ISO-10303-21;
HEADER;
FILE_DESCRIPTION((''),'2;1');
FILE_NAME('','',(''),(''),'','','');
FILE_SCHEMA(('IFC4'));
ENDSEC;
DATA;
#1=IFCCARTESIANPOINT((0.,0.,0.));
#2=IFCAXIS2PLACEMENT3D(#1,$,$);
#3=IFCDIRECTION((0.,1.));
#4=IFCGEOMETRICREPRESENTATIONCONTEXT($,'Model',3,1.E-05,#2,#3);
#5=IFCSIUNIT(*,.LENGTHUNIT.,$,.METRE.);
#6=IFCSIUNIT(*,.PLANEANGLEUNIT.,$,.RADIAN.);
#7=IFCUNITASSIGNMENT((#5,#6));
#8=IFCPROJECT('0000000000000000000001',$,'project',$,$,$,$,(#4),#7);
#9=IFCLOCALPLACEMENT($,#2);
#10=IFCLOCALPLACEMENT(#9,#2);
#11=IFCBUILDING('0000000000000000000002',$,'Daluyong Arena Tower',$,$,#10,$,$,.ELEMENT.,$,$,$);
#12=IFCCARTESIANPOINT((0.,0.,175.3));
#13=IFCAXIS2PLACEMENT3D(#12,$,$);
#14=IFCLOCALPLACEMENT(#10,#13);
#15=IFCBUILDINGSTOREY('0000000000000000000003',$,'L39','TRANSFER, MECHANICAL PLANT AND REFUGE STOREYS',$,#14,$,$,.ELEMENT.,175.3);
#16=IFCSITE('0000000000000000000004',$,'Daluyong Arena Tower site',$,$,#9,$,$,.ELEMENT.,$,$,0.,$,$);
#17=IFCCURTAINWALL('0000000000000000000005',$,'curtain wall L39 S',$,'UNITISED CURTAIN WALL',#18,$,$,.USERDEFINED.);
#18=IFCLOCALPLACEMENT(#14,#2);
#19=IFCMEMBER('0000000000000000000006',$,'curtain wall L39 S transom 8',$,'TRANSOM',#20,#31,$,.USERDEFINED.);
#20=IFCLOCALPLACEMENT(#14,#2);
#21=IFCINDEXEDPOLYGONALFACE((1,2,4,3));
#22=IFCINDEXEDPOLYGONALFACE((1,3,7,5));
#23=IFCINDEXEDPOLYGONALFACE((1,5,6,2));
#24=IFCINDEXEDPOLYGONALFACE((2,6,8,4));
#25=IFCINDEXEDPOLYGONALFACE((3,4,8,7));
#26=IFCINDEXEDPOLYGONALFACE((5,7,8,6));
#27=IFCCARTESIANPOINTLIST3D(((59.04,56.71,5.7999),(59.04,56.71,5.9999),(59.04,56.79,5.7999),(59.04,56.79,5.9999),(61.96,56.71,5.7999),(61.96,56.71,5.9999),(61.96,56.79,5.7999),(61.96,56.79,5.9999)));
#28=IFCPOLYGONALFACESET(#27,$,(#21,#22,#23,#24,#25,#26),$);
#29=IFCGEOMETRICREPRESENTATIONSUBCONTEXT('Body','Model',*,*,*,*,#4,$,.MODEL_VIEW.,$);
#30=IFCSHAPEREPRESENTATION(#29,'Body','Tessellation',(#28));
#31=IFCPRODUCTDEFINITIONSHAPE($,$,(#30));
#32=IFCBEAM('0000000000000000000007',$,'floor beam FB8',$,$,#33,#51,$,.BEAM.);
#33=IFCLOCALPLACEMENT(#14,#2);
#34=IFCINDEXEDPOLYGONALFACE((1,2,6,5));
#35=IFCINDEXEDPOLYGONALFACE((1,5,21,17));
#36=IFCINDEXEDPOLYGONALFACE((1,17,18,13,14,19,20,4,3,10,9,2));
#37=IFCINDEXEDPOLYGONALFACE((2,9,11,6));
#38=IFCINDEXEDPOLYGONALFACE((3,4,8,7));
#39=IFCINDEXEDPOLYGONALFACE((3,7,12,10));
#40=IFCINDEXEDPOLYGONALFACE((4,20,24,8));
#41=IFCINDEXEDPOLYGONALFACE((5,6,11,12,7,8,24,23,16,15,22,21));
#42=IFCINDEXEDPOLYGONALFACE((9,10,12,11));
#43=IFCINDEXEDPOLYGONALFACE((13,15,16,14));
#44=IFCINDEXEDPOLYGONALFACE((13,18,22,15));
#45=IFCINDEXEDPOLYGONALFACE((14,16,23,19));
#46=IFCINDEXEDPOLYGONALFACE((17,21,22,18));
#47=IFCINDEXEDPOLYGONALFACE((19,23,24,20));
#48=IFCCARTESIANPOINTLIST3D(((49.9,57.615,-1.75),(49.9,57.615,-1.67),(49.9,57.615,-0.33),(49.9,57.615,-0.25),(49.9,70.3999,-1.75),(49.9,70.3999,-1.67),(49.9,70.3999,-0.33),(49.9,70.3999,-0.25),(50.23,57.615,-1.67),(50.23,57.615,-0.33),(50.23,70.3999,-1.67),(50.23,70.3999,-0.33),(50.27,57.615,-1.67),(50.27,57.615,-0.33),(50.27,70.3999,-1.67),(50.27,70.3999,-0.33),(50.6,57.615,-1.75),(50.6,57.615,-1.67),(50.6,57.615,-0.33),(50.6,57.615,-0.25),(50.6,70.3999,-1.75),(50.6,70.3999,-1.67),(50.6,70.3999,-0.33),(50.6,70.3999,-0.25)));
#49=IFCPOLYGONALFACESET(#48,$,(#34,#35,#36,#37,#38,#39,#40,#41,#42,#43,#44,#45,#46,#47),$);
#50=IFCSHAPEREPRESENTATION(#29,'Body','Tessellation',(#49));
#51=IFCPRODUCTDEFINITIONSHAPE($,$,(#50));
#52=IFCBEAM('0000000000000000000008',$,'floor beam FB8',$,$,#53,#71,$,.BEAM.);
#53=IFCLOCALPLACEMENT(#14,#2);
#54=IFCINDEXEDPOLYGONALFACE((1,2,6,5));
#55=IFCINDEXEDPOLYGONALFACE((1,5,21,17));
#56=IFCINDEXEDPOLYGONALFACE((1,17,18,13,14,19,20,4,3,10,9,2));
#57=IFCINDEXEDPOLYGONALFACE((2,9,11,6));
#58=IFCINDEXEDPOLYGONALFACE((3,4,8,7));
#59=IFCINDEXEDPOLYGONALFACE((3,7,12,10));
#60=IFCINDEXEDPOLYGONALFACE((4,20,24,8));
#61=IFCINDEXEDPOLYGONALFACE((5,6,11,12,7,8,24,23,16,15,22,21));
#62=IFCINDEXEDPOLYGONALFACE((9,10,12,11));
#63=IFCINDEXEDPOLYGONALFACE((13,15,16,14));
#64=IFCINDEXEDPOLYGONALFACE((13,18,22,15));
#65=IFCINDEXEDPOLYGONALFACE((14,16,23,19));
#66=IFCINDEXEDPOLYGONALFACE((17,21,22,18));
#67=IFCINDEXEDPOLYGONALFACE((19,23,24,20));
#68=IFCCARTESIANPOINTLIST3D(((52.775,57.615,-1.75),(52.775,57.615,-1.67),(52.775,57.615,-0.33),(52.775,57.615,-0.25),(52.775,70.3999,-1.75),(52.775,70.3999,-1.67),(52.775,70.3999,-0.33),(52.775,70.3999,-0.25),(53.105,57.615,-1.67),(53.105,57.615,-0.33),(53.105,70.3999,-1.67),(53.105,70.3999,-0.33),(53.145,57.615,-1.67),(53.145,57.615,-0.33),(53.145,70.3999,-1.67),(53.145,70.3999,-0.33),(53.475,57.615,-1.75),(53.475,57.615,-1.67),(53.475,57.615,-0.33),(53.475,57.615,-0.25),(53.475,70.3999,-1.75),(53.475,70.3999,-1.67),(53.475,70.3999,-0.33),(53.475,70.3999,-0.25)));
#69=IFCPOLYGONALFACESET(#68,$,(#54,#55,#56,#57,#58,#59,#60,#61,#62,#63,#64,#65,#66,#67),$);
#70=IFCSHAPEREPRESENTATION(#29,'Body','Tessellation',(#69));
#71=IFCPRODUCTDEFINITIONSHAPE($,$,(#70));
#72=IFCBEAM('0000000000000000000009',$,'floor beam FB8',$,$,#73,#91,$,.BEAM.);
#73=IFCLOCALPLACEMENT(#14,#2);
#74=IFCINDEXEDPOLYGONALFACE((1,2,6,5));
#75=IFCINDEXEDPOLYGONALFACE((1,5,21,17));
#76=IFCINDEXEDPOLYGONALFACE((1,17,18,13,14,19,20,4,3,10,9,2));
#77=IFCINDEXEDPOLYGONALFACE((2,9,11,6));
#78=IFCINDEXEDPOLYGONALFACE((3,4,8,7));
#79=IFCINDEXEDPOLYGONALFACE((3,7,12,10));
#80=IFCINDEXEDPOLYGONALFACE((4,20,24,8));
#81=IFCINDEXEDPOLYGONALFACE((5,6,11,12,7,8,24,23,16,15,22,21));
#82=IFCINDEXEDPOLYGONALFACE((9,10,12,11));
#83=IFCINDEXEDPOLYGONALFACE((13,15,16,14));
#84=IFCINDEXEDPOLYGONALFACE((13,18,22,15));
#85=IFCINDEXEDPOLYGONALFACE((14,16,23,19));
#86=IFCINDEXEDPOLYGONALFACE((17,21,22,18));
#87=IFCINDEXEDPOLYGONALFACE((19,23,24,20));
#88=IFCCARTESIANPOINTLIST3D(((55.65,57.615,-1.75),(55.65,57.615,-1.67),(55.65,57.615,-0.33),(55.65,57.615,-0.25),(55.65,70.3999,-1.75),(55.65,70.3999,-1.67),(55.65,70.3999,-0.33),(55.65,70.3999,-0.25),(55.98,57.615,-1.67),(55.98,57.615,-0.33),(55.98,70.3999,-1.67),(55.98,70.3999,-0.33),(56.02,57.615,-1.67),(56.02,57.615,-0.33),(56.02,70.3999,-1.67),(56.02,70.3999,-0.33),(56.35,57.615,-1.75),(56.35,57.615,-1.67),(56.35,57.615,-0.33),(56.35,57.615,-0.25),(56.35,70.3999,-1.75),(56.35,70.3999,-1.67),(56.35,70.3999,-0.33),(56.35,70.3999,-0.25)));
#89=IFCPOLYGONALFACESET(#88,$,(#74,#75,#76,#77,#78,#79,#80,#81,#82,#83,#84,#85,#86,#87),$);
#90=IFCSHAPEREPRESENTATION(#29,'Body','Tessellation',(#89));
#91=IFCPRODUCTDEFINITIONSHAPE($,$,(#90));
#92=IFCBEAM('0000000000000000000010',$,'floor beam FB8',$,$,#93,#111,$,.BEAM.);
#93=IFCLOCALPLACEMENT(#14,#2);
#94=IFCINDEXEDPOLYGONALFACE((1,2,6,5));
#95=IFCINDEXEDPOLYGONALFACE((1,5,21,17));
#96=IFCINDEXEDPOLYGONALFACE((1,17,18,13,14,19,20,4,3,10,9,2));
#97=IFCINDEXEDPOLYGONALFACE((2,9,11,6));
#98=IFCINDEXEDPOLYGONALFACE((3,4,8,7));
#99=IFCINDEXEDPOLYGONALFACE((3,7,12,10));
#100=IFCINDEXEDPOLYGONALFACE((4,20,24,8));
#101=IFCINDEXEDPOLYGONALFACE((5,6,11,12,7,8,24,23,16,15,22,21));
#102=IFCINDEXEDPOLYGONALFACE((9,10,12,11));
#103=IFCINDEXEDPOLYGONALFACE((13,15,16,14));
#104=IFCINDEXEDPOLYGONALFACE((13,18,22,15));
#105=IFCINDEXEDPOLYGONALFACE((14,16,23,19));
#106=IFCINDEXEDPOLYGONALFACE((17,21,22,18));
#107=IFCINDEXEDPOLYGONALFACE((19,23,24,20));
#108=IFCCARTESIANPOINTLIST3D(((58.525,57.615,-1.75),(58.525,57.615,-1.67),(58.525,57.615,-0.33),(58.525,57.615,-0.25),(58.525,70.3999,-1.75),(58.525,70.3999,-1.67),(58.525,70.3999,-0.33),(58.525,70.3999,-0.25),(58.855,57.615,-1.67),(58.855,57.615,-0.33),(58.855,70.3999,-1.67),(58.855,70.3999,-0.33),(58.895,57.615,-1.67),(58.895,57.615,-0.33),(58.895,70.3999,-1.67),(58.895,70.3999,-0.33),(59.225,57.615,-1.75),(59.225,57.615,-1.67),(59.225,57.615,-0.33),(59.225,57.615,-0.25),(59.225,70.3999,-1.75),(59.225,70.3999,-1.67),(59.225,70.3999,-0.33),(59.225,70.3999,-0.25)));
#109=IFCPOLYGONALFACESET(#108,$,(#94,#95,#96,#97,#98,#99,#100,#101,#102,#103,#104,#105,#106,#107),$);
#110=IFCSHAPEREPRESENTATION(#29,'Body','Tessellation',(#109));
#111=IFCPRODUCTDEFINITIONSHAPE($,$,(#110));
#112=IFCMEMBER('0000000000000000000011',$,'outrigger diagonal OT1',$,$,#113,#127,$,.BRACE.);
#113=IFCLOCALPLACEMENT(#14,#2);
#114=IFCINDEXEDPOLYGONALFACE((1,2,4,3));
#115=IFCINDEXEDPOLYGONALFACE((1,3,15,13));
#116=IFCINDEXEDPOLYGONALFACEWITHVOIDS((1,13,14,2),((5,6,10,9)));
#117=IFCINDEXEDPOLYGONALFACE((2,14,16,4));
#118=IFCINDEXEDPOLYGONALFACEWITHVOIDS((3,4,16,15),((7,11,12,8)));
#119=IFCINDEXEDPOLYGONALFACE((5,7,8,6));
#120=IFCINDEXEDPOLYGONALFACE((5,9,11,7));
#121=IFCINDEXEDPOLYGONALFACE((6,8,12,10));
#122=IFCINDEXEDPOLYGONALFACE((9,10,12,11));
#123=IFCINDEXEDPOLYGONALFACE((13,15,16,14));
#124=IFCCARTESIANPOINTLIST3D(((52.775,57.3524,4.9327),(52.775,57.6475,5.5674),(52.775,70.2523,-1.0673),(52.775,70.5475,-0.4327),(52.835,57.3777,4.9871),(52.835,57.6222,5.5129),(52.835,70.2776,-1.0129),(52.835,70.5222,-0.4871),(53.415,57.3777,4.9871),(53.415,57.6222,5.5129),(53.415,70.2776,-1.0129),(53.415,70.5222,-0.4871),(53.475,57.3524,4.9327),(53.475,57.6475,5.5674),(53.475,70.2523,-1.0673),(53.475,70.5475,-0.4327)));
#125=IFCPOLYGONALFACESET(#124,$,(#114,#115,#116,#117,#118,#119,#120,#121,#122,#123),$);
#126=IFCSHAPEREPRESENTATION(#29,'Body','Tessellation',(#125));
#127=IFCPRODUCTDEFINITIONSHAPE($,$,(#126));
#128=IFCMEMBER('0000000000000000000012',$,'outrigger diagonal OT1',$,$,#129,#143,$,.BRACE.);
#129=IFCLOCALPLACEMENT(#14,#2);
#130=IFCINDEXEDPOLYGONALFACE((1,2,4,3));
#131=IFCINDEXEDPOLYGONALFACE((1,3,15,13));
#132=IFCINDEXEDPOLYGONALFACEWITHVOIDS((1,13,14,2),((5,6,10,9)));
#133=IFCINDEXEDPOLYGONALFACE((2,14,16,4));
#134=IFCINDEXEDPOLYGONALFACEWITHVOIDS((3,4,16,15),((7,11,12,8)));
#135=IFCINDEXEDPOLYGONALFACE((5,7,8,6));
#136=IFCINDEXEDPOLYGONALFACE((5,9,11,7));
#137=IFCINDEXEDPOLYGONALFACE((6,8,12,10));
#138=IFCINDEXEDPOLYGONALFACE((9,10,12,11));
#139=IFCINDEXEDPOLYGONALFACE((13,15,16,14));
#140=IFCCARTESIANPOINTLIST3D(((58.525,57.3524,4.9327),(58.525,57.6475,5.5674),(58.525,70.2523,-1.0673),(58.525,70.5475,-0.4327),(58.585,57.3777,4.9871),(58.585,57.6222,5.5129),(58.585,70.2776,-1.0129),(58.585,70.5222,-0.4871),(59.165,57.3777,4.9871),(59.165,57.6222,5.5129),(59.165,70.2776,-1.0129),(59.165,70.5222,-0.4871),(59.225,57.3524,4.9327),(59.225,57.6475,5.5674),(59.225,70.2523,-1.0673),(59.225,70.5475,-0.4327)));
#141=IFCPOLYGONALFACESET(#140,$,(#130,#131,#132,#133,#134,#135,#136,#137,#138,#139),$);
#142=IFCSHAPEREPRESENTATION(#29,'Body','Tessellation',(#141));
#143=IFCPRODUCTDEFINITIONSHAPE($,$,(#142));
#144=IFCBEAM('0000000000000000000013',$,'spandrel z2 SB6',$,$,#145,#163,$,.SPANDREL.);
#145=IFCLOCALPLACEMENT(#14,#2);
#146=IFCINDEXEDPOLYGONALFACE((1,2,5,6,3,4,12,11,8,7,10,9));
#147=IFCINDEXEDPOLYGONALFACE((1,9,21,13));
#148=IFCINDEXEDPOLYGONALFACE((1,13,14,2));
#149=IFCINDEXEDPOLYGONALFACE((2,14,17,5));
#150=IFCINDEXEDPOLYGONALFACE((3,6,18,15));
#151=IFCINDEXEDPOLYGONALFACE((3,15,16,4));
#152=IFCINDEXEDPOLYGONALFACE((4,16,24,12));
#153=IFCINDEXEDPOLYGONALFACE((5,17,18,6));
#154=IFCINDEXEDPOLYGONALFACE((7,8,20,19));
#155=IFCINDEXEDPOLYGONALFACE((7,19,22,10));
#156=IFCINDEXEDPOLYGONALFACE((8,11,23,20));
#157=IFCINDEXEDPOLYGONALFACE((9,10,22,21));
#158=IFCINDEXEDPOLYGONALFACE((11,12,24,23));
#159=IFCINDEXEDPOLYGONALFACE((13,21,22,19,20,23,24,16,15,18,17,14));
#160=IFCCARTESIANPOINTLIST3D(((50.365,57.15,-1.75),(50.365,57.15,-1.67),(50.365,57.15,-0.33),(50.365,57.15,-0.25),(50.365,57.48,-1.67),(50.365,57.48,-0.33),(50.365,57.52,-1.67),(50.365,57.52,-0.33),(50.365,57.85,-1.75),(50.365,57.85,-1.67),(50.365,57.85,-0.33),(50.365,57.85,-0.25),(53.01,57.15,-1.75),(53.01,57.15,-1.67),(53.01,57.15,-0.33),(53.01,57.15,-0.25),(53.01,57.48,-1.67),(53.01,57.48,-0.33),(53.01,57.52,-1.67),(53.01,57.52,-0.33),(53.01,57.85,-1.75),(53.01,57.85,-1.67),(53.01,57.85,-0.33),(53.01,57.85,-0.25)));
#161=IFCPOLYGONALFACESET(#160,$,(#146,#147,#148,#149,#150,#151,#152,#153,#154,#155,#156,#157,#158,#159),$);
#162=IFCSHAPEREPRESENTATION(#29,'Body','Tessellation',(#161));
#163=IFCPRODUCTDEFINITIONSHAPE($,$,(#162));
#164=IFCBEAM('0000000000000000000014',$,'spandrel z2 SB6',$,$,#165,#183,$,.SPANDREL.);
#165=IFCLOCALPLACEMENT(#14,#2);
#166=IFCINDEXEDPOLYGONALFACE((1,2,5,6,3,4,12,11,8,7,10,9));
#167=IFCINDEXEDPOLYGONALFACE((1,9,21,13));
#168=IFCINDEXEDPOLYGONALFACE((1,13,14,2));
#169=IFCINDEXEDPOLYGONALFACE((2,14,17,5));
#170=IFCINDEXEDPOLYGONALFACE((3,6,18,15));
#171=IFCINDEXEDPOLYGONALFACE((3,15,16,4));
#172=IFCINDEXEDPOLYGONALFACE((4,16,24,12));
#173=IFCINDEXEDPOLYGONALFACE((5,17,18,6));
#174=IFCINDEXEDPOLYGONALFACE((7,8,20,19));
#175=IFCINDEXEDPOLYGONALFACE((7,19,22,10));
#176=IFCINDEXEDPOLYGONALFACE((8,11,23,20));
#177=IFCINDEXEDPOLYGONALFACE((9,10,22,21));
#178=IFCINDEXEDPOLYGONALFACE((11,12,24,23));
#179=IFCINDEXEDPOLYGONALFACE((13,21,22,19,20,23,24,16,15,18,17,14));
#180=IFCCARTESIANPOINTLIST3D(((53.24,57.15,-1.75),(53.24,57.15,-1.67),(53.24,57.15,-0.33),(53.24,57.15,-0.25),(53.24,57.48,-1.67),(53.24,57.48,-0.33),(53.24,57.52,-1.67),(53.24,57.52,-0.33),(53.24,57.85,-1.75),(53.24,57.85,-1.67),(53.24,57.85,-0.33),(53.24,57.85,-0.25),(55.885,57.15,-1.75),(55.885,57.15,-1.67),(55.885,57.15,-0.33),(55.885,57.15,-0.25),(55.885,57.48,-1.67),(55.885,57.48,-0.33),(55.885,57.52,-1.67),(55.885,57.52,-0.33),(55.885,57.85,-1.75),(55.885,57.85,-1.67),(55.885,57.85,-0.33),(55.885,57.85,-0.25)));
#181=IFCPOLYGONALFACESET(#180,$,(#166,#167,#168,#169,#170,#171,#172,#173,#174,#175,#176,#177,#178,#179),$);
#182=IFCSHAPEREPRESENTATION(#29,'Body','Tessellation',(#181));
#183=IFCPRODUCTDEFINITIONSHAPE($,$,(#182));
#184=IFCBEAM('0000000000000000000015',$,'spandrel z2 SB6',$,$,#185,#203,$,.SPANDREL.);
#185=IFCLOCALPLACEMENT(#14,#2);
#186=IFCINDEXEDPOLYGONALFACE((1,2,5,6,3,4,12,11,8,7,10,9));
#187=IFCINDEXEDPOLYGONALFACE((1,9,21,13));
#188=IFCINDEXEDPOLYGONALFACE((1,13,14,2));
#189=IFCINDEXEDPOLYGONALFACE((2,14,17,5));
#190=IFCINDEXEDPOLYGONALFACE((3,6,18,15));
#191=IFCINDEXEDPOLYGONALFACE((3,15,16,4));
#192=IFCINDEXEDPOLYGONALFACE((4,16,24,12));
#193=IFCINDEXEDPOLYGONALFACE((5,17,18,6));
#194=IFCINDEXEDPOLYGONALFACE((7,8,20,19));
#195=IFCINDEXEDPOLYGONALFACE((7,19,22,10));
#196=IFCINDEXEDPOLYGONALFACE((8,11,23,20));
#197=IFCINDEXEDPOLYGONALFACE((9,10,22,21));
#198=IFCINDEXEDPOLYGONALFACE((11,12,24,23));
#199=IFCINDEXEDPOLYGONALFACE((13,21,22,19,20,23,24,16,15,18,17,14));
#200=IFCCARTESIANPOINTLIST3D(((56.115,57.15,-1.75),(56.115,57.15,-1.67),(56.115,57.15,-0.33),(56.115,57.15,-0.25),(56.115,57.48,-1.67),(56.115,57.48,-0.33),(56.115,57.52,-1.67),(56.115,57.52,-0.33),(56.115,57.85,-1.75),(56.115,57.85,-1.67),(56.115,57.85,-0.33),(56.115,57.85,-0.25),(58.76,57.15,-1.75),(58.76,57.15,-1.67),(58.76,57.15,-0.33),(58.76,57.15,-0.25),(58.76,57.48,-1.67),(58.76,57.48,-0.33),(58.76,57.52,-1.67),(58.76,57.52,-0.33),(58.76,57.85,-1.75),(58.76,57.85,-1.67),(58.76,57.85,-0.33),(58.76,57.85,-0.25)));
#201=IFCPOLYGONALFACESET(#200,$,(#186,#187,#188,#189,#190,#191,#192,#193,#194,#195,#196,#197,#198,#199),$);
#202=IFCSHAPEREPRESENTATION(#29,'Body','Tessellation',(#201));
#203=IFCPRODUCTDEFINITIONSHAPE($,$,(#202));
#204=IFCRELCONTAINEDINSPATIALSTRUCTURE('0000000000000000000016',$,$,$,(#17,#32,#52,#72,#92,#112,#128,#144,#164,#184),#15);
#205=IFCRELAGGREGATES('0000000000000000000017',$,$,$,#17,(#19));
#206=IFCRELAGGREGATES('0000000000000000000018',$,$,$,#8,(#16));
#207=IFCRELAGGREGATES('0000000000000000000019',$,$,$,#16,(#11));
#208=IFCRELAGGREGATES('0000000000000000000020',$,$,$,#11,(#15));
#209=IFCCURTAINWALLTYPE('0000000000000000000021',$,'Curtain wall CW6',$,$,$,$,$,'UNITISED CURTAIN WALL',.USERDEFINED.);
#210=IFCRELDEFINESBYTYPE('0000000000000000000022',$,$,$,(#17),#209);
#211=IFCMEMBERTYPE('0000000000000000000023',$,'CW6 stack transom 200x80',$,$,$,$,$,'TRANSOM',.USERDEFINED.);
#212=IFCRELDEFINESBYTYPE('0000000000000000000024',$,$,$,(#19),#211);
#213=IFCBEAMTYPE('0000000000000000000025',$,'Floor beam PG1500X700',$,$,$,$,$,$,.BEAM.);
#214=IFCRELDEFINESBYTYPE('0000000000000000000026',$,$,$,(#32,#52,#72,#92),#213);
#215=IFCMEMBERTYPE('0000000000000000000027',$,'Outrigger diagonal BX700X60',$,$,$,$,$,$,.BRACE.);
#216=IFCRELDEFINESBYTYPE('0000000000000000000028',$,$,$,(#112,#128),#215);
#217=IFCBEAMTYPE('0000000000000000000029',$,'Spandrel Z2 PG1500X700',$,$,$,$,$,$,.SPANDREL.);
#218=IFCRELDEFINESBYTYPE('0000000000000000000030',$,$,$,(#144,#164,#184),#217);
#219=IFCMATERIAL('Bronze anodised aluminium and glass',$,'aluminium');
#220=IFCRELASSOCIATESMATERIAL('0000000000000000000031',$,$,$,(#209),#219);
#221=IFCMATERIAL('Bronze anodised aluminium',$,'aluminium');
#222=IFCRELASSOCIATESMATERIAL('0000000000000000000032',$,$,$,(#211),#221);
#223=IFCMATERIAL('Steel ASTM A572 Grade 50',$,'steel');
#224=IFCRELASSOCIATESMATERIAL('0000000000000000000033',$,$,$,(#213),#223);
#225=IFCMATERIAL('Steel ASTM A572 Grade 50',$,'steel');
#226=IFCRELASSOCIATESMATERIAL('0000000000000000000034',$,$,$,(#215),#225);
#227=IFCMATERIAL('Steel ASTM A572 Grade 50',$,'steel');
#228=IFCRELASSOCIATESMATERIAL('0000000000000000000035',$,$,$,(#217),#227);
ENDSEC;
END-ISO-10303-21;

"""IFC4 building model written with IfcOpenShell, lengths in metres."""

from ifc_helpers import new_model, si_unit, direction, frame, origin, origin_2d, place, context, subcontext, project, spatial, rectangle, hollow_rectangle, i_section, extrude, material, material_profile, profile_set, type_object, element, aggregate, save


model = new_model("IFC4")

# Units and contexts
model_context = context("Model", 3, precision=1e-05, world=origin(), true_north=direction((0.0, 1.0)))
body_context = subcontext(model_context, "Body", "Model", "MODEL_VIEW")
ifc_project = project(units=[si_unit("LENGTHUNIT", "METRE"), si_unit("PLANEANGLEUNIT", "RADIAN")], contexts=[model_context])

# Site, building, storey
site_placement = place(None, origin())
site = spatial("IfcSite", under=ifc_project, at=site_placement, Name="Daluyong Arena Tower site", CompositionType="ELEMENT", RefElevation=0.0)
building_placement = place(site_placement, origin())
building = spatial("IfcBuilding", under=site, at=building_placement, Name="Daluyong Arena Tower", CompositionType="ELEMENT")
storey_placement = place(building_placement, frame((0.0, 0.0, 175.3)))
storey = spatial("IfcBuildingStorey", under=building, at=storey_placement, Name="L39", Description="TRANSFER, MECHANICAL PLANT AND REFUGE STOREYS", CompositionType="ELEMENT", Elevation=175.3)

# Curtain wall, member
ifc_material_1 = material(Name="Bronze anodised aluminium and glass", Category="aluminium")
curtain_wall_type = type_object("IfcCurtainWallType", Name="Curtain wall CW6", ElementType="UNITISED CURTAIN WALL", PredefinedType="USERDEFINED", material=ifc_material_1)
curtain_wall_placement = place(storey_placement, origin())
curtain_wall = element("IfcCurtainWall", 1, at=curtain_wall_placement, inside=storey, type_object=curtain_wall_type, Name="curtain wall L39 S", ObjectType="UNITISED CURTAIN WALL", PredefinedType="USERDEFINED")
ifc_material_2 = material(Name="Bronze anodised aluminium", Category="aluminium")
ifc_material_profile_1 = material_profile(ifc_material_2, rectangle(XDim=0.0801, YDim=0.2, at=origin_2d()))
ifc_profile_set_1 = profile_set([ifc_material_profile_1], Name="Bronze anodised aluminium")
member_type_1 = type_object("IfcMemberType", Name="CW6 stack transom 200x80", ElementType="TRANSOM", PredefinedType="USERDEFINED", material=ifc_profile_set_1)
member_1_placement = place(storey_placement, frame((59.04, 56.75, 5.8999), z_axis=(1.0, 0.0, 0.0), x_axis=(0.0, 1.0, 0.0)))
member_1 = element("IfcMember", 2, at=member_1_placement, type_object=member_type_1, Name="curtain wall L39 S transom 8", ObjectType="TRANSOM", PredefinedType="USERDEFINED", context=body_context, shape_type="SweptSolid", body=[
    extrude(rectangle(XDim=0.0801, YDim=0.2, at=origin_2d()), origin(), (0.0, 0.0, 1.0), 2.9199),
])

# Beams
ifc_material_3 = material(Name="Steel ASTM A572 Grade 50", Category="steel")
ifc_material_profile_2 = material_profile(ifc_material_3, i_section(OverallWidth=0.7, OverallDepth=1.5, WebThickness=0.04, FlangeThickness=0.08, at=origin_2d()))
ifc_profile_set_2 = profile_set([ifc_material_profile_2], Name="Steel ASTM A572 Grade 50")
beam_type_1 = type_object("IfcBeamType", Name="Floor beam PG1500X700", PredefinedType="BEAM", material=ifc_profile_set_2)
for number, where, z_axis, x_axis, name in (
    (3, (50.25, 57.615, -1.0), (0.0, 1.0, 0.0), (-1.0, 0.0, 0.0), "floor beam FB8"),
    (4, (53.125, 57.615, -1.0), (0.0, 1.0, 0.0), (-1.0, 0.0, 0.0), "floor beam FB8"),
    (5, (56.0, 57.615, -1.0), (0.0, 1.0, 0.0), (-1.0, 0.0, 0.0), "floor beam FB8"),
    (6, (58.875, 57.615, -1.0), (0.0, 1.0, 0.0), (-1.0, 0.0, 0.0), "floor beam FB8"),
):
    element("IfcBeam", number, at=place(storey_placement, frame(where, z_axis=z_axis, x_axis=x_axis)), inside=storey, type_object=beam_type_1, Name=name, PredefinedType="BEAM", context=body_context, shape_type="SweptSolid", body=[
        extrude(i_section(OverallWidth=0.7, OverallDepth=1.5, WebThickness=0.04, FlangeThickness=0.08, at=origin_2d()), origin(), (0.0, 0.0, 1.0), 12.7849),
    ])

# Members
ifc_material_4 = material(Name="Steel ASTM A572 Grade 50", Category="steel")
ifc_material_profile_3 = material_profile(ifc_material_4, hollow_rectangle(XDim=0.7, YDim=0.7, WallThickness=0.06, at=origin_2d()))
ifc_profile_set_3 = profile_set([ifc_material_profile_3], Name="Steel ASTM A572 Grade 50")
member_type_2 = type_object("IfcMemberType", Name="Outrigger diagonal BX700X60", PredefinedType="BRACE", material=ifc_profile_set_3)
for number, where, z_axis, x_axis, name in (
    (7, (53.125, 70.3999, -0.75), (0.0, -0.90672, 0.421733), (1.0, 0.0, 0.0), "outrigger diagonal OT1"),
    (8, (58.875, 70.3999, -0.75), (0.0, -0.90672, 0.421733), (1.0, 0.0, 0.0), "outrigger diagonal OT1"),
):
    element("IfcMember", number, at=place(storey_placement, frame(where, z_axis=z_axis, x_axis=x_axis)), inside=storey, type_object=member_type_2, Name=name, PredefinedType="BRACE", context=body_context, shape_type="SweptSolid", body=[
        extrude(hollow_rectangle(XDim=0.7, YDim=0.7, WallThickness=0.06, at=origin_2d()), origin(), (0.0, 0.0, 1.0), 14.2271),
    ])

# Beams
ifc_material_5 = material(Name="Steel ASTM A572 Grade 50", Category="steel")
ifc_material_profile_4 = material_profile(ifc_material_5, i_section(OverallWidth=0.7, OverallDepth=1.5, WebThickness=0.04, FlangeThickness=0.08, at=origin_2d()))
ifc_profile_set_4 = profile_set([ifc_material_profile_4], Name="Steel ASTM A572 Grade 50")
beam_type_2 = type_object("IfcBeamType", Name="Spandrel Z2 PG1500X700", PredefinedType="SPANDREL", material=ifc_profile_set_4)
for number, where, z_axis, x_axis, name in (
    (9, (50.365, 57.5, -1.0), (1.0, 0.0, 0.0), (0.0, 1.0, 0.0), "spandrel z2 SB6"),
    (10, (53.24, 57.5, -1.0), (1.0, 0.0, 0.0), (0.0, 1.0, 0.0), "spandrel z2 SB6"),
    (11, (56.115, 57.5, -1.0), (1.0, 0.0, 0.0), (0.0, 1.0, 0.0), "spandrel z2 SB6"),
):
    element("IfcBeam", number, at=place(storey_placement, frame(where, z_axis=z_axis, x_axis=x_axis)), inside=storey, type_object=beam_type_2, Name=name, PredefinedType="SPANDREL", context=body_context, shape_type="SweptSolid", body=[
        extrude(i_section(OverallWidth=0.7, OverallDepth=1.5, WebThickness=0.04, FlangeThickness=0.08, at=origin_2d()), origin(), (0.0, 0.0, 1.0), 2.645),
    ])

aggregate(curtain_wall, [member_1])

save(model, "model.ifc")
